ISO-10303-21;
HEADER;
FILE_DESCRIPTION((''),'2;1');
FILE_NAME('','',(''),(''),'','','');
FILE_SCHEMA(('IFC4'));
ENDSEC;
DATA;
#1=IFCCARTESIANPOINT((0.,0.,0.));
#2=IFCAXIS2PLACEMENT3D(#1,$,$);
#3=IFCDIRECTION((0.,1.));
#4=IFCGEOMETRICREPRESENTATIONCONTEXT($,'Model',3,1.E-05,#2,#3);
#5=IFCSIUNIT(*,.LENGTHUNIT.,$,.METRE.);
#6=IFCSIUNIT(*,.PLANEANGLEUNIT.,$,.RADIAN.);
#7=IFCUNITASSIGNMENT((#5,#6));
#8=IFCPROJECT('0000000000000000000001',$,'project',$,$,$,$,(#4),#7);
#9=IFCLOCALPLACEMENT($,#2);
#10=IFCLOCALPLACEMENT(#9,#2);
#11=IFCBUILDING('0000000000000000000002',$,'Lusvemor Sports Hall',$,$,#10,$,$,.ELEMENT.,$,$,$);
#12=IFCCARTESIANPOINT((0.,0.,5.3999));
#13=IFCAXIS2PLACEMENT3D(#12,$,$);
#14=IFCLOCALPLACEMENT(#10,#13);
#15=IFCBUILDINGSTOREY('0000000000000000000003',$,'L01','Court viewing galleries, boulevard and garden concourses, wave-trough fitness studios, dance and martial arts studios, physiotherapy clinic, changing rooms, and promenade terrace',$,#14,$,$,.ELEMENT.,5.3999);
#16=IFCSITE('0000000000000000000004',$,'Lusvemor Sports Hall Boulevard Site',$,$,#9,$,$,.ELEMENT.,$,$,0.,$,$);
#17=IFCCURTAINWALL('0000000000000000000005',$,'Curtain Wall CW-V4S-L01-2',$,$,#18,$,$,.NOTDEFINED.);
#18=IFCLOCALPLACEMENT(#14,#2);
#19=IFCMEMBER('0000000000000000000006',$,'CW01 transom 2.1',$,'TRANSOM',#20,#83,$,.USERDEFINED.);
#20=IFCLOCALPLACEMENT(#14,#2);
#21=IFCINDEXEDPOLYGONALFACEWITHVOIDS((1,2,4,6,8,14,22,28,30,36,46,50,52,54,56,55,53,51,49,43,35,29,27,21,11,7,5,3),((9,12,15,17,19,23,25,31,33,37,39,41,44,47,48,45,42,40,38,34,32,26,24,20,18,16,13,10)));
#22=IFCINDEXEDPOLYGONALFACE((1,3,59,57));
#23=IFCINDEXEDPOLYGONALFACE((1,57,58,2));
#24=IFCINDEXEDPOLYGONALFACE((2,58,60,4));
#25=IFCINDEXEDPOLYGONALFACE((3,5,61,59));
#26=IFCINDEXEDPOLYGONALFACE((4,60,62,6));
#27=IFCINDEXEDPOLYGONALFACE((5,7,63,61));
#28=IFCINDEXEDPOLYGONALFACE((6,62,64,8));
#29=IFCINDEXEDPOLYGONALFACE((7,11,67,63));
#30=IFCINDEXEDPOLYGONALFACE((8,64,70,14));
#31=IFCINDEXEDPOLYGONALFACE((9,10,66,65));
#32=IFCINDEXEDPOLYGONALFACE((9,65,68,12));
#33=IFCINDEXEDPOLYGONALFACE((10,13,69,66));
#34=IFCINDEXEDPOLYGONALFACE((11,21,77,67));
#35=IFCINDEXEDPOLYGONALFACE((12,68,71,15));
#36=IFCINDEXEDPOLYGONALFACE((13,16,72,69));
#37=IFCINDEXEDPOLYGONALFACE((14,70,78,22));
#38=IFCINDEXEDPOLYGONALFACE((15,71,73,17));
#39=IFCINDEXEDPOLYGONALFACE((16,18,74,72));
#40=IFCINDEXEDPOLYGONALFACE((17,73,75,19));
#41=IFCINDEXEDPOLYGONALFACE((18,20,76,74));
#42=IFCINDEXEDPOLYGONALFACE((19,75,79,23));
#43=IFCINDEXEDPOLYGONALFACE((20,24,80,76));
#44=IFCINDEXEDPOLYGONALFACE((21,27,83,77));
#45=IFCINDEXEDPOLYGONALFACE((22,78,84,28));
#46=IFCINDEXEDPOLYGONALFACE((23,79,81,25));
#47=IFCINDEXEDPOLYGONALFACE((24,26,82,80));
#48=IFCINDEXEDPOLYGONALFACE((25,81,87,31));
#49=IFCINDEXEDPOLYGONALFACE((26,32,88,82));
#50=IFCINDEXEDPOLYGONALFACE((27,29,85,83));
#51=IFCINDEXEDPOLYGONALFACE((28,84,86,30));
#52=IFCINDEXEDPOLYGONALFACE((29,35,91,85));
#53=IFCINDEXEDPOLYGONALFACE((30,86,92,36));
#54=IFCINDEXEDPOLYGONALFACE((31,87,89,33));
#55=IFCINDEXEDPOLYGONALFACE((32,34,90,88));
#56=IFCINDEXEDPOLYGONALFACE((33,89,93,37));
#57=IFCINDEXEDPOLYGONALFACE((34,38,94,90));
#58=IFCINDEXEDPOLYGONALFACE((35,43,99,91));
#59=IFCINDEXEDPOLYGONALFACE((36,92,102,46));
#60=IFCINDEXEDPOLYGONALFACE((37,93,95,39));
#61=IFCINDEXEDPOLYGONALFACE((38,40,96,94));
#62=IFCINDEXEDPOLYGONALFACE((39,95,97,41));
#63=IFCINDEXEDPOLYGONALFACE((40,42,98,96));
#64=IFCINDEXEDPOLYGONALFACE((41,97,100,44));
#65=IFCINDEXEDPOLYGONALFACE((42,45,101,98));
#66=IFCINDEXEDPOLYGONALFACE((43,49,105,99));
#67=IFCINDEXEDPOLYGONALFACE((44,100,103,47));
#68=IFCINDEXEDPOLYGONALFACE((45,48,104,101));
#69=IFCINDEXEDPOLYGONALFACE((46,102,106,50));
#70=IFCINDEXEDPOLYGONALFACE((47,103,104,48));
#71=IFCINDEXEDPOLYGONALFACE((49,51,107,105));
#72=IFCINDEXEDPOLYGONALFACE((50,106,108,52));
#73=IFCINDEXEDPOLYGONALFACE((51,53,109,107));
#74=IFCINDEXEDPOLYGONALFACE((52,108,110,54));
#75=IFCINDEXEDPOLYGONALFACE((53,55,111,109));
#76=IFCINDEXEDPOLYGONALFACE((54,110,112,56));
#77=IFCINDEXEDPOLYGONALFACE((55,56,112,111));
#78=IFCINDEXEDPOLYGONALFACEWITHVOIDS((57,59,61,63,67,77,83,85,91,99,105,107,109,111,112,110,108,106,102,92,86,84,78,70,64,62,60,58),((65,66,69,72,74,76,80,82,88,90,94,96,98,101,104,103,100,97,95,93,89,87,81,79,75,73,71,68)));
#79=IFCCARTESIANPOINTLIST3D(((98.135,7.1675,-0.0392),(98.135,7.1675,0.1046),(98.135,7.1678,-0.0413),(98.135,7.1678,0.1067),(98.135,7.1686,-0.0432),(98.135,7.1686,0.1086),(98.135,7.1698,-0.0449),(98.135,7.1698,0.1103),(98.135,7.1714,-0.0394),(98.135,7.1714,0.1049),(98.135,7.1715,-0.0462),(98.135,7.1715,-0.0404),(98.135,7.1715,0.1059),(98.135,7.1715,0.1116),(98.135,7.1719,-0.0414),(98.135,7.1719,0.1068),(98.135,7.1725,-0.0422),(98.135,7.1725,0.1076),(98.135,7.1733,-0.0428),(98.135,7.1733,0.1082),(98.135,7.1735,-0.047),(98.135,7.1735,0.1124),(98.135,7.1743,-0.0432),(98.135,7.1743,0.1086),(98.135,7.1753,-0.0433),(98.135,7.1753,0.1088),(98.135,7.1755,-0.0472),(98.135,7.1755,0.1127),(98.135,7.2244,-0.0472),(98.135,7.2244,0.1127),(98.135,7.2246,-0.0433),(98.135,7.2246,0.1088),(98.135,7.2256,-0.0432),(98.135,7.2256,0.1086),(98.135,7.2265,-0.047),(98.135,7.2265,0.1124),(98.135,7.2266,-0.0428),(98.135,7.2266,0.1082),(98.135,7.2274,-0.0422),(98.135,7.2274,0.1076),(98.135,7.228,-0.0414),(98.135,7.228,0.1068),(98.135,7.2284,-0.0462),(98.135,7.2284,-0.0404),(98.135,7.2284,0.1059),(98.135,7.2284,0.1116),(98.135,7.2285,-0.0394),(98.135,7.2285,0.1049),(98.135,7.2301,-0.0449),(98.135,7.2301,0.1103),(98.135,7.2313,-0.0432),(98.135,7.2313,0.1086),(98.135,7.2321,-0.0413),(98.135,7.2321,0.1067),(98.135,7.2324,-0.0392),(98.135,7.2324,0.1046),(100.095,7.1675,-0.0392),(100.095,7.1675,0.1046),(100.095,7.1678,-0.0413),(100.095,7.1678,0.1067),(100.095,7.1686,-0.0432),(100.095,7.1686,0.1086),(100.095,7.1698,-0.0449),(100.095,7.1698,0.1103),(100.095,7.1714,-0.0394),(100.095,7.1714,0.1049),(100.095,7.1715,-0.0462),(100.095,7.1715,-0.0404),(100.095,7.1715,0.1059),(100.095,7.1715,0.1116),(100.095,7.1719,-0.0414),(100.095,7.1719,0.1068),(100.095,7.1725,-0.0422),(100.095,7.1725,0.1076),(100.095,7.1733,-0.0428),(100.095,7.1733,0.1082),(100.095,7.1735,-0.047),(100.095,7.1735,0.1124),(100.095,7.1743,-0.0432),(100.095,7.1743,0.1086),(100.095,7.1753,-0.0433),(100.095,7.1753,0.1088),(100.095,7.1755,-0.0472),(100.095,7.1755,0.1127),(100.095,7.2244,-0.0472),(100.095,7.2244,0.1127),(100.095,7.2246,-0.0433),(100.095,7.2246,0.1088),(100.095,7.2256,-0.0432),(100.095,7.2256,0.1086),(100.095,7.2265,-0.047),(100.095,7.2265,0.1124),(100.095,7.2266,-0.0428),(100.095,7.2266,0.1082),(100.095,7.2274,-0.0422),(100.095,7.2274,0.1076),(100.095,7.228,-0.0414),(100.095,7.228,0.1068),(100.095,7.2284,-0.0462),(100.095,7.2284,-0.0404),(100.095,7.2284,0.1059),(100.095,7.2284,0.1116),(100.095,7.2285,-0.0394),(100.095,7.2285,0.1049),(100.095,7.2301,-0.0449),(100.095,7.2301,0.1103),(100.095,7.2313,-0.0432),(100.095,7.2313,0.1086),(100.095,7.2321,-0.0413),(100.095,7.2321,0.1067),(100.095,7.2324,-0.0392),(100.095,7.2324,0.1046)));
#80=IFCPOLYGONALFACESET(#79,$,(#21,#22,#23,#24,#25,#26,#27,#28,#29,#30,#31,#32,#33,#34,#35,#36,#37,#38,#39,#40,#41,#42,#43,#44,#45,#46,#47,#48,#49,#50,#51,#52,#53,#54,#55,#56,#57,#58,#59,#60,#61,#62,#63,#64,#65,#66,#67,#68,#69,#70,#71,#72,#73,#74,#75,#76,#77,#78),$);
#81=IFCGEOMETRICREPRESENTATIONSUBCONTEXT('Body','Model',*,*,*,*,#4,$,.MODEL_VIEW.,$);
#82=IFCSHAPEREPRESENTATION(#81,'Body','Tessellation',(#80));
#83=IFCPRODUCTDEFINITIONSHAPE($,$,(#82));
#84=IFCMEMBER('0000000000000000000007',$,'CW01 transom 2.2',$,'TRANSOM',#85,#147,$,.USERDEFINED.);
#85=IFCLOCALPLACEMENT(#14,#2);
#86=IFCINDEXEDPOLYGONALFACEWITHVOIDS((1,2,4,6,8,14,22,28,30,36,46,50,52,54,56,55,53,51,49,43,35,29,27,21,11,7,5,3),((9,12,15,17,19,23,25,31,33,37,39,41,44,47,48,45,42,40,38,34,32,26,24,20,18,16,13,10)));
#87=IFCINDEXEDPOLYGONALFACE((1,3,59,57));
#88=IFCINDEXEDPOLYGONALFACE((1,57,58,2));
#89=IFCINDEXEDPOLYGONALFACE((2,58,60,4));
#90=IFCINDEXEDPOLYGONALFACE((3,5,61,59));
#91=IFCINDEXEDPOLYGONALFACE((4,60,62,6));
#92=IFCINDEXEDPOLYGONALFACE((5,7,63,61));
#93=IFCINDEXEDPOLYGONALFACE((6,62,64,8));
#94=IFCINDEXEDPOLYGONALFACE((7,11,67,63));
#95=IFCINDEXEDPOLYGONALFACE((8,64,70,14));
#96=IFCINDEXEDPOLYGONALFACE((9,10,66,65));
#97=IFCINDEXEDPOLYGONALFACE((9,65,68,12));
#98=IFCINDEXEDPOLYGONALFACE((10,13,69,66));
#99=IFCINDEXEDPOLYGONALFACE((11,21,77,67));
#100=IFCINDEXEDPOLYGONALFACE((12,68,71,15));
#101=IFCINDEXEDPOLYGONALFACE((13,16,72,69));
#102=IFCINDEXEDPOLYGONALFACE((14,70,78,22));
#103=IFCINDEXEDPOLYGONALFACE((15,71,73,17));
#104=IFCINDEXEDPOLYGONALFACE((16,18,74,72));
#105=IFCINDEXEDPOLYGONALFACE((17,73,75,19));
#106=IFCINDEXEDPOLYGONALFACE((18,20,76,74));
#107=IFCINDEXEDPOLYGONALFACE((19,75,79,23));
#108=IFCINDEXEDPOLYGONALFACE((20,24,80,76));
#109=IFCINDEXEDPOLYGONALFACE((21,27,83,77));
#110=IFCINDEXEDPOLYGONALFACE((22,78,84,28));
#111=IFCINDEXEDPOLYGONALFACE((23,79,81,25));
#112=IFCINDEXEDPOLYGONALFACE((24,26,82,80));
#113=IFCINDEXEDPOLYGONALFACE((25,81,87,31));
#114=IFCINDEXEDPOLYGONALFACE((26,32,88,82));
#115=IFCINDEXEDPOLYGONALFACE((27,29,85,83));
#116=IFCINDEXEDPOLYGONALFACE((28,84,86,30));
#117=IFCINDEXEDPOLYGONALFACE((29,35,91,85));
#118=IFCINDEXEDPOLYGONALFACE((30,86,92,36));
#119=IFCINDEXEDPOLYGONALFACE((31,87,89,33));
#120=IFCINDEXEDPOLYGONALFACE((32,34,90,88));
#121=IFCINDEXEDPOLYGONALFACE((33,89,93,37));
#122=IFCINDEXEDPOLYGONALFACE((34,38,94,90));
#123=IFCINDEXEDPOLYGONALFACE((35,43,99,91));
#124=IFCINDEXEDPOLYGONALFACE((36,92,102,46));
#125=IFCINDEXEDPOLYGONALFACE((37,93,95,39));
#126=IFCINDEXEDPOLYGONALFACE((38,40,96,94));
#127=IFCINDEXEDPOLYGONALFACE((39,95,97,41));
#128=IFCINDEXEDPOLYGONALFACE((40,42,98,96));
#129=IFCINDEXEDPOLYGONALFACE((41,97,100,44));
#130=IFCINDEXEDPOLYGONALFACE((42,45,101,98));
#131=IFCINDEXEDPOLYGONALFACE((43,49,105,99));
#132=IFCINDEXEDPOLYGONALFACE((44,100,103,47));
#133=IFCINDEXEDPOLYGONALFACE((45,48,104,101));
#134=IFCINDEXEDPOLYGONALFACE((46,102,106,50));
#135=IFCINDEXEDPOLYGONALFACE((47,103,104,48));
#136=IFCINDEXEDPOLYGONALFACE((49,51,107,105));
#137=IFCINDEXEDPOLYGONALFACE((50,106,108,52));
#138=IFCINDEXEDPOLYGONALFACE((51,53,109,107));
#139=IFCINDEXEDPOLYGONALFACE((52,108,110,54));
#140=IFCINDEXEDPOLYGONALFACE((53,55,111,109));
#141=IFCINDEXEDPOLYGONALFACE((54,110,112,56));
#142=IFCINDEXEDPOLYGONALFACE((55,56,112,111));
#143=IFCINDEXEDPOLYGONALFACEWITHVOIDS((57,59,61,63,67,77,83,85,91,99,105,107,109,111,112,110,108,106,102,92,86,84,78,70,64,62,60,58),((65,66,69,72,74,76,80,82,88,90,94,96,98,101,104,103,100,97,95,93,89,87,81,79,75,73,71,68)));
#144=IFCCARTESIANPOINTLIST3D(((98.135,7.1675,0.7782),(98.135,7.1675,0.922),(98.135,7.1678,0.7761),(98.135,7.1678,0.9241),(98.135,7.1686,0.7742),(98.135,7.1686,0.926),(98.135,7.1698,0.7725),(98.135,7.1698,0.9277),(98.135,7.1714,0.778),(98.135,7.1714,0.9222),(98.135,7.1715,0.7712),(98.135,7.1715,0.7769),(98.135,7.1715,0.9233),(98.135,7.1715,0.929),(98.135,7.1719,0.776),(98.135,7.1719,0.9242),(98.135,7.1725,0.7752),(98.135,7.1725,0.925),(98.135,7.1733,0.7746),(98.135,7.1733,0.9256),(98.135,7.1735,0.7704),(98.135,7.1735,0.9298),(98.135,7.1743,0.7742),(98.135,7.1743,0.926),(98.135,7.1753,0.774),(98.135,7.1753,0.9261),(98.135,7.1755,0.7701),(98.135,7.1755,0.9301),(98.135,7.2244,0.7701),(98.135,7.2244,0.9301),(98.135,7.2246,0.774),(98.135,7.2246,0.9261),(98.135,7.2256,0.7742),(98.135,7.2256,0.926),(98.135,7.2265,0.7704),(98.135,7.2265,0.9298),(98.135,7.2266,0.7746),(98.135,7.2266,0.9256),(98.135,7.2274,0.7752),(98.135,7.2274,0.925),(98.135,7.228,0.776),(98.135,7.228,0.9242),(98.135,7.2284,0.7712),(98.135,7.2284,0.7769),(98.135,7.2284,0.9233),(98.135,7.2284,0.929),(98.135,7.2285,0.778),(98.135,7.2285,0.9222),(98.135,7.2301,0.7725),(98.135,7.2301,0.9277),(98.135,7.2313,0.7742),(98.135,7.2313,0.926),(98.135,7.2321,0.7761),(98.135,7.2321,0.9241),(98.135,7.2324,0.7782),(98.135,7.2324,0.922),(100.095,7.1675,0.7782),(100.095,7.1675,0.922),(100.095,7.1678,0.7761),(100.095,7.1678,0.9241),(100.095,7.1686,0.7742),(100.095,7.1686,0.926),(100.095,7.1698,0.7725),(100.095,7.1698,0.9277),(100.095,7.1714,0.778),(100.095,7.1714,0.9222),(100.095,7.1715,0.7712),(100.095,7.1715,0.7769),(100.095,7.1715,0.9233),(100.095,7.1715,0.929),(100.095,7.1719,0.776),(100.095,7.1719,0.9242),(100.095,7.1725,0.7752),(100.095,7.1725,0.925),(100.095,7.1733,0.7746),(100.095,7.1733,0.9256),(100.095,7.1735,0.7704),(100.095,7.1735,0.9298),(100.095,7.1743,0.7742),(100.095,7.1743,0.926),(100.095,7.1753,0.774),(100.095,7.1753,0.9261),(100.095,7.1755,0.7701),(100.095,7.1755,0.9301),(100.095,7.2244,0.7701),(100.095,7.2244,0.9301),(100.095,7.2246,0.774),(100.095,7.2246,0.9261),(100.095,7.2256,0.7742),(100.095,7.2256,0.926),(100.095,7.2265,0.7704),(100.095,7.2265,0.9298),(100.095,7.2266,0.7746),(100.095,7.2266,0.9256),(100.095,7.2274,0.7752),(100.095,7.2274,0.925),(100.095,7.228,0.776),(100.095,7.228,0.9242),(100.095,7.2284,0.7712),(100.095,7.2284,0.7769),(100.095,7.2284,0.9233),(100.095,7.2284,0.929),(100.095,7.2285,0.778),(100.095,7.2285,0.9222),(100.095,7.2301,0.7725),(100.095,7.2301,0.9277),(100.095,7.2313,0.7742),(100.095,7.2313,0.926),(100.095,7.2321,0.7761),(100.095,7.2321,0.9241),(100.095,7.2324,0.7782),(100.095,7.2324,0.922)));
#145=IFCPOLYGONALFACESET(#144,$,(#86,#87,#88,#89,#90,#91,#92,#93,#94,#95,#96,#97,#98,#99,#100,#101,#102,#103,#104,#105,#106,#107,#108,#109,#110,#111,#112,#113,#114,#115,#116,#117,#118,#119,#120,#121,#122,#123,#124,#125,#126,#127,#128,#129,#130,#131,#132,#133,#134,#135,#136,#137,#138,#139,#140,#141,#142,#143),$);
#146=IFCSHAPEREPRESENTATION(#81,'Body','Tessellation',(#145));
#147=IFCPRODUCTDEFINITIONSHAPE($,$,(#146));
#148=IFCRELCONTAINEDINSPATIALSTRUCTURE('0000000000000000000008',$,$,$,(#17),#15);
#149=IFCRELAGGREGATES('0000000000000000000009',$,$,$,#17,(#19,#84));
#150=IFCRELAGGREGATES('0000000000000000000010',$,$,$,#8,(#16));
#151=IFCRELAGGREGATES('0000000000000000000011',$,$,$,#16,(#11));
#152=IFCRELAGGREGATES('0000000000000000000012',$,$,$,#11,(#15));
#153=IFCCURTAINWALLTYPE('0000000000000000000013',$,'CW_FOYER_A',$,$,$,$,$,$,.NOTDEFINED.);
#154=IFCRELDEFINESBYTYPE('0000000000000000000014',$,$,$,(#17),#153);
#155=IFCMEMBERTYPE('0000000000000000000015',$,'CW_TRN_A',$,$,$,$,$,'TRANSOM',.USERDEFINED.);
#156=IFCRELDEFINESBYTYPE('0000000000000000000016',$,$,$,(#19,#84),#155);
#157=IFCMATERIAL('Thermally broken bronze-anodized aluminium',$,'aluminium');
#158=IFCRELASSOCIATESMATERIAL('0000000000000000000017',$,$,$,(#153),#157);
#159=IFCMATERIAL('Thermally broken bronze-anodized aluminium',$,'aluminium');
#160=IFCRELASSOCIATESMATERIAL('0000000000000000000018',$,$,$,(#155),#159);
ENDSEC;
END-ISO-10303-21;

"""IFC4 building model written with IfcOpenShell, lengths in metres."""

from ifc_helpers import new_model, si_unit, direction, frame, origin, origin_2d, place, context, subcontext, project, spatial, hollow_rectangle, extrude, material, material_profile, profile_set, type_object, element, aggregate, save


model = new_model("IFC4")

# Units and contexts
model_context = context("Model", 3, precision=1e-05, world=origin(), true_north=direction((0.0, 1.0)))
body_context = subcontext(model_context, "Body", "Model", "MODEL_VIEW")
ifc_project = project(units=[si_unit("LENGTHUNIT", "METRE"), si_unit("PLANEANGLEUNIT", "RADIAN")], contexts=[model_context])

# Site, building, storey
site_placement = place(None, origin())
site = spatial("IfcSite", under=ifc_project, at=site_placement, Name="Lusvemor Sports Hall Boulevard Site", CompositionType="ELEMENT", RefElevation=0.0)
building_placement = place(site_placement, origin())
building = spatial("IfcBuilding", under=site, at=building_placement, Name="Lusvemor Sports Hall", CompositionType="ELEMENT")
storey_placement = place(building_placement, frame((0.0, 0.0, 5.3999)))
storey = spatial("IfcBuildingStorey", under=building, at=storey_placement, Name="L01", Description="Court viewing galleries, boulevard and garden concourses, wave-trough fitness studios, dance and martial arts studios, physiotherapy clinic, changing rooms, and promenade terrace", CompositionType="ELEMENT", Elevation=5.3999)

# Curtain wall
ifc_material_1 = material(Name="Thermally broken bronze-anodized aluminium", Category="aluminium")
curtain_wall_type = type_object("IfcCurtainWallType", Name="CW_FOYER_A", PredefinedType="NOTDEFINED", material=ifc_material_1)
curtain_wall_1_placement = place(storey_placement, origin())
curtain_wall_1 = element("IfcCurtainWall", 1, at=curtain_wall_1_placement, inside=storey, type_object=curtain_wall_type, Name="Curtain Wall CW-V4S-L01-2", PredefinedType="NOTDEFINED")

# Members
ifc_material_2 = material(Name="Thermally broken bronze-anodized aluminium", Category="aluminium")
ifc_material_profile_1 = material_profile(ifc_material_2, hollow_rectangle(XDim=0.0649, YDim=0.1599, WallThickness=0.0039, InnerFilletRadius=0.0039, OuterFilletRadius=0.0081, at=origin_2d()), Name="CWTRN160x65x4")
ifc_profile_set_1 = profile_set([ifc_material_profile_1], Name="Thermally broken bronze-anodized aluminium")
member_type_1 = type_object("IfcMemberType", Name="CW_TRN_A", ElementType="TRANSOM", PredefinedType="USERDEFINED", material=ifc_profile_set_1)
member_1_placement = place(storey_placement, frame((100.095, 7.2, 0.0327), z_axis=(-1.0, 0.0, 0.0), x_axis=(0.0, -1.0, 0.0)))
member_1 = element("IfcMember", 2, at=member_1_placement, type_object=member_type_1, Name="CW01 transom 2.1", ObjectType="TRANSOM", PredefinedType="USERDEFINED", context=body_context, shape_type="SweptSolid", body=[
    extrude(hollow_rectangle(XDim=0.0649, YDim=0.1599, WallThickness=0.0039, InnerFilletRadius=0.0039, OuterFilletRadius=0.0081, at=origin_2d()), origin(), (0.0, 0.0, 1.0), 1.96),
])
member_2_placement = place(storey_placement, frame((100.095, 7.2, 0.8501), z_axis=(-1.0, 0.0, 0.0), x_axis=(0.0, -1.0, 0.0)))
member_2 = element("IfcMember", 3, at=member_2_placement, type_object=member_type_1, Name="CW01 transom 2.2", ObjectType="TRANSOM", PredefinedType="USERDEFINED", context=body_context, shape_type="SweptSolid", body=[
    extrude(hollow_rectangle(XDim=0.0649, YDim=0.1599, WallThickness=0.0039, InnerFilletRadius=0.0039, OuterFilletRadius=0.0081, at=origin_2d()), origin(), (0.0, 0.0, 1.0), 1.96),
])

aggregate(curtain_wall_1, [member_1, member_2])

save(model, "model.ifc")
